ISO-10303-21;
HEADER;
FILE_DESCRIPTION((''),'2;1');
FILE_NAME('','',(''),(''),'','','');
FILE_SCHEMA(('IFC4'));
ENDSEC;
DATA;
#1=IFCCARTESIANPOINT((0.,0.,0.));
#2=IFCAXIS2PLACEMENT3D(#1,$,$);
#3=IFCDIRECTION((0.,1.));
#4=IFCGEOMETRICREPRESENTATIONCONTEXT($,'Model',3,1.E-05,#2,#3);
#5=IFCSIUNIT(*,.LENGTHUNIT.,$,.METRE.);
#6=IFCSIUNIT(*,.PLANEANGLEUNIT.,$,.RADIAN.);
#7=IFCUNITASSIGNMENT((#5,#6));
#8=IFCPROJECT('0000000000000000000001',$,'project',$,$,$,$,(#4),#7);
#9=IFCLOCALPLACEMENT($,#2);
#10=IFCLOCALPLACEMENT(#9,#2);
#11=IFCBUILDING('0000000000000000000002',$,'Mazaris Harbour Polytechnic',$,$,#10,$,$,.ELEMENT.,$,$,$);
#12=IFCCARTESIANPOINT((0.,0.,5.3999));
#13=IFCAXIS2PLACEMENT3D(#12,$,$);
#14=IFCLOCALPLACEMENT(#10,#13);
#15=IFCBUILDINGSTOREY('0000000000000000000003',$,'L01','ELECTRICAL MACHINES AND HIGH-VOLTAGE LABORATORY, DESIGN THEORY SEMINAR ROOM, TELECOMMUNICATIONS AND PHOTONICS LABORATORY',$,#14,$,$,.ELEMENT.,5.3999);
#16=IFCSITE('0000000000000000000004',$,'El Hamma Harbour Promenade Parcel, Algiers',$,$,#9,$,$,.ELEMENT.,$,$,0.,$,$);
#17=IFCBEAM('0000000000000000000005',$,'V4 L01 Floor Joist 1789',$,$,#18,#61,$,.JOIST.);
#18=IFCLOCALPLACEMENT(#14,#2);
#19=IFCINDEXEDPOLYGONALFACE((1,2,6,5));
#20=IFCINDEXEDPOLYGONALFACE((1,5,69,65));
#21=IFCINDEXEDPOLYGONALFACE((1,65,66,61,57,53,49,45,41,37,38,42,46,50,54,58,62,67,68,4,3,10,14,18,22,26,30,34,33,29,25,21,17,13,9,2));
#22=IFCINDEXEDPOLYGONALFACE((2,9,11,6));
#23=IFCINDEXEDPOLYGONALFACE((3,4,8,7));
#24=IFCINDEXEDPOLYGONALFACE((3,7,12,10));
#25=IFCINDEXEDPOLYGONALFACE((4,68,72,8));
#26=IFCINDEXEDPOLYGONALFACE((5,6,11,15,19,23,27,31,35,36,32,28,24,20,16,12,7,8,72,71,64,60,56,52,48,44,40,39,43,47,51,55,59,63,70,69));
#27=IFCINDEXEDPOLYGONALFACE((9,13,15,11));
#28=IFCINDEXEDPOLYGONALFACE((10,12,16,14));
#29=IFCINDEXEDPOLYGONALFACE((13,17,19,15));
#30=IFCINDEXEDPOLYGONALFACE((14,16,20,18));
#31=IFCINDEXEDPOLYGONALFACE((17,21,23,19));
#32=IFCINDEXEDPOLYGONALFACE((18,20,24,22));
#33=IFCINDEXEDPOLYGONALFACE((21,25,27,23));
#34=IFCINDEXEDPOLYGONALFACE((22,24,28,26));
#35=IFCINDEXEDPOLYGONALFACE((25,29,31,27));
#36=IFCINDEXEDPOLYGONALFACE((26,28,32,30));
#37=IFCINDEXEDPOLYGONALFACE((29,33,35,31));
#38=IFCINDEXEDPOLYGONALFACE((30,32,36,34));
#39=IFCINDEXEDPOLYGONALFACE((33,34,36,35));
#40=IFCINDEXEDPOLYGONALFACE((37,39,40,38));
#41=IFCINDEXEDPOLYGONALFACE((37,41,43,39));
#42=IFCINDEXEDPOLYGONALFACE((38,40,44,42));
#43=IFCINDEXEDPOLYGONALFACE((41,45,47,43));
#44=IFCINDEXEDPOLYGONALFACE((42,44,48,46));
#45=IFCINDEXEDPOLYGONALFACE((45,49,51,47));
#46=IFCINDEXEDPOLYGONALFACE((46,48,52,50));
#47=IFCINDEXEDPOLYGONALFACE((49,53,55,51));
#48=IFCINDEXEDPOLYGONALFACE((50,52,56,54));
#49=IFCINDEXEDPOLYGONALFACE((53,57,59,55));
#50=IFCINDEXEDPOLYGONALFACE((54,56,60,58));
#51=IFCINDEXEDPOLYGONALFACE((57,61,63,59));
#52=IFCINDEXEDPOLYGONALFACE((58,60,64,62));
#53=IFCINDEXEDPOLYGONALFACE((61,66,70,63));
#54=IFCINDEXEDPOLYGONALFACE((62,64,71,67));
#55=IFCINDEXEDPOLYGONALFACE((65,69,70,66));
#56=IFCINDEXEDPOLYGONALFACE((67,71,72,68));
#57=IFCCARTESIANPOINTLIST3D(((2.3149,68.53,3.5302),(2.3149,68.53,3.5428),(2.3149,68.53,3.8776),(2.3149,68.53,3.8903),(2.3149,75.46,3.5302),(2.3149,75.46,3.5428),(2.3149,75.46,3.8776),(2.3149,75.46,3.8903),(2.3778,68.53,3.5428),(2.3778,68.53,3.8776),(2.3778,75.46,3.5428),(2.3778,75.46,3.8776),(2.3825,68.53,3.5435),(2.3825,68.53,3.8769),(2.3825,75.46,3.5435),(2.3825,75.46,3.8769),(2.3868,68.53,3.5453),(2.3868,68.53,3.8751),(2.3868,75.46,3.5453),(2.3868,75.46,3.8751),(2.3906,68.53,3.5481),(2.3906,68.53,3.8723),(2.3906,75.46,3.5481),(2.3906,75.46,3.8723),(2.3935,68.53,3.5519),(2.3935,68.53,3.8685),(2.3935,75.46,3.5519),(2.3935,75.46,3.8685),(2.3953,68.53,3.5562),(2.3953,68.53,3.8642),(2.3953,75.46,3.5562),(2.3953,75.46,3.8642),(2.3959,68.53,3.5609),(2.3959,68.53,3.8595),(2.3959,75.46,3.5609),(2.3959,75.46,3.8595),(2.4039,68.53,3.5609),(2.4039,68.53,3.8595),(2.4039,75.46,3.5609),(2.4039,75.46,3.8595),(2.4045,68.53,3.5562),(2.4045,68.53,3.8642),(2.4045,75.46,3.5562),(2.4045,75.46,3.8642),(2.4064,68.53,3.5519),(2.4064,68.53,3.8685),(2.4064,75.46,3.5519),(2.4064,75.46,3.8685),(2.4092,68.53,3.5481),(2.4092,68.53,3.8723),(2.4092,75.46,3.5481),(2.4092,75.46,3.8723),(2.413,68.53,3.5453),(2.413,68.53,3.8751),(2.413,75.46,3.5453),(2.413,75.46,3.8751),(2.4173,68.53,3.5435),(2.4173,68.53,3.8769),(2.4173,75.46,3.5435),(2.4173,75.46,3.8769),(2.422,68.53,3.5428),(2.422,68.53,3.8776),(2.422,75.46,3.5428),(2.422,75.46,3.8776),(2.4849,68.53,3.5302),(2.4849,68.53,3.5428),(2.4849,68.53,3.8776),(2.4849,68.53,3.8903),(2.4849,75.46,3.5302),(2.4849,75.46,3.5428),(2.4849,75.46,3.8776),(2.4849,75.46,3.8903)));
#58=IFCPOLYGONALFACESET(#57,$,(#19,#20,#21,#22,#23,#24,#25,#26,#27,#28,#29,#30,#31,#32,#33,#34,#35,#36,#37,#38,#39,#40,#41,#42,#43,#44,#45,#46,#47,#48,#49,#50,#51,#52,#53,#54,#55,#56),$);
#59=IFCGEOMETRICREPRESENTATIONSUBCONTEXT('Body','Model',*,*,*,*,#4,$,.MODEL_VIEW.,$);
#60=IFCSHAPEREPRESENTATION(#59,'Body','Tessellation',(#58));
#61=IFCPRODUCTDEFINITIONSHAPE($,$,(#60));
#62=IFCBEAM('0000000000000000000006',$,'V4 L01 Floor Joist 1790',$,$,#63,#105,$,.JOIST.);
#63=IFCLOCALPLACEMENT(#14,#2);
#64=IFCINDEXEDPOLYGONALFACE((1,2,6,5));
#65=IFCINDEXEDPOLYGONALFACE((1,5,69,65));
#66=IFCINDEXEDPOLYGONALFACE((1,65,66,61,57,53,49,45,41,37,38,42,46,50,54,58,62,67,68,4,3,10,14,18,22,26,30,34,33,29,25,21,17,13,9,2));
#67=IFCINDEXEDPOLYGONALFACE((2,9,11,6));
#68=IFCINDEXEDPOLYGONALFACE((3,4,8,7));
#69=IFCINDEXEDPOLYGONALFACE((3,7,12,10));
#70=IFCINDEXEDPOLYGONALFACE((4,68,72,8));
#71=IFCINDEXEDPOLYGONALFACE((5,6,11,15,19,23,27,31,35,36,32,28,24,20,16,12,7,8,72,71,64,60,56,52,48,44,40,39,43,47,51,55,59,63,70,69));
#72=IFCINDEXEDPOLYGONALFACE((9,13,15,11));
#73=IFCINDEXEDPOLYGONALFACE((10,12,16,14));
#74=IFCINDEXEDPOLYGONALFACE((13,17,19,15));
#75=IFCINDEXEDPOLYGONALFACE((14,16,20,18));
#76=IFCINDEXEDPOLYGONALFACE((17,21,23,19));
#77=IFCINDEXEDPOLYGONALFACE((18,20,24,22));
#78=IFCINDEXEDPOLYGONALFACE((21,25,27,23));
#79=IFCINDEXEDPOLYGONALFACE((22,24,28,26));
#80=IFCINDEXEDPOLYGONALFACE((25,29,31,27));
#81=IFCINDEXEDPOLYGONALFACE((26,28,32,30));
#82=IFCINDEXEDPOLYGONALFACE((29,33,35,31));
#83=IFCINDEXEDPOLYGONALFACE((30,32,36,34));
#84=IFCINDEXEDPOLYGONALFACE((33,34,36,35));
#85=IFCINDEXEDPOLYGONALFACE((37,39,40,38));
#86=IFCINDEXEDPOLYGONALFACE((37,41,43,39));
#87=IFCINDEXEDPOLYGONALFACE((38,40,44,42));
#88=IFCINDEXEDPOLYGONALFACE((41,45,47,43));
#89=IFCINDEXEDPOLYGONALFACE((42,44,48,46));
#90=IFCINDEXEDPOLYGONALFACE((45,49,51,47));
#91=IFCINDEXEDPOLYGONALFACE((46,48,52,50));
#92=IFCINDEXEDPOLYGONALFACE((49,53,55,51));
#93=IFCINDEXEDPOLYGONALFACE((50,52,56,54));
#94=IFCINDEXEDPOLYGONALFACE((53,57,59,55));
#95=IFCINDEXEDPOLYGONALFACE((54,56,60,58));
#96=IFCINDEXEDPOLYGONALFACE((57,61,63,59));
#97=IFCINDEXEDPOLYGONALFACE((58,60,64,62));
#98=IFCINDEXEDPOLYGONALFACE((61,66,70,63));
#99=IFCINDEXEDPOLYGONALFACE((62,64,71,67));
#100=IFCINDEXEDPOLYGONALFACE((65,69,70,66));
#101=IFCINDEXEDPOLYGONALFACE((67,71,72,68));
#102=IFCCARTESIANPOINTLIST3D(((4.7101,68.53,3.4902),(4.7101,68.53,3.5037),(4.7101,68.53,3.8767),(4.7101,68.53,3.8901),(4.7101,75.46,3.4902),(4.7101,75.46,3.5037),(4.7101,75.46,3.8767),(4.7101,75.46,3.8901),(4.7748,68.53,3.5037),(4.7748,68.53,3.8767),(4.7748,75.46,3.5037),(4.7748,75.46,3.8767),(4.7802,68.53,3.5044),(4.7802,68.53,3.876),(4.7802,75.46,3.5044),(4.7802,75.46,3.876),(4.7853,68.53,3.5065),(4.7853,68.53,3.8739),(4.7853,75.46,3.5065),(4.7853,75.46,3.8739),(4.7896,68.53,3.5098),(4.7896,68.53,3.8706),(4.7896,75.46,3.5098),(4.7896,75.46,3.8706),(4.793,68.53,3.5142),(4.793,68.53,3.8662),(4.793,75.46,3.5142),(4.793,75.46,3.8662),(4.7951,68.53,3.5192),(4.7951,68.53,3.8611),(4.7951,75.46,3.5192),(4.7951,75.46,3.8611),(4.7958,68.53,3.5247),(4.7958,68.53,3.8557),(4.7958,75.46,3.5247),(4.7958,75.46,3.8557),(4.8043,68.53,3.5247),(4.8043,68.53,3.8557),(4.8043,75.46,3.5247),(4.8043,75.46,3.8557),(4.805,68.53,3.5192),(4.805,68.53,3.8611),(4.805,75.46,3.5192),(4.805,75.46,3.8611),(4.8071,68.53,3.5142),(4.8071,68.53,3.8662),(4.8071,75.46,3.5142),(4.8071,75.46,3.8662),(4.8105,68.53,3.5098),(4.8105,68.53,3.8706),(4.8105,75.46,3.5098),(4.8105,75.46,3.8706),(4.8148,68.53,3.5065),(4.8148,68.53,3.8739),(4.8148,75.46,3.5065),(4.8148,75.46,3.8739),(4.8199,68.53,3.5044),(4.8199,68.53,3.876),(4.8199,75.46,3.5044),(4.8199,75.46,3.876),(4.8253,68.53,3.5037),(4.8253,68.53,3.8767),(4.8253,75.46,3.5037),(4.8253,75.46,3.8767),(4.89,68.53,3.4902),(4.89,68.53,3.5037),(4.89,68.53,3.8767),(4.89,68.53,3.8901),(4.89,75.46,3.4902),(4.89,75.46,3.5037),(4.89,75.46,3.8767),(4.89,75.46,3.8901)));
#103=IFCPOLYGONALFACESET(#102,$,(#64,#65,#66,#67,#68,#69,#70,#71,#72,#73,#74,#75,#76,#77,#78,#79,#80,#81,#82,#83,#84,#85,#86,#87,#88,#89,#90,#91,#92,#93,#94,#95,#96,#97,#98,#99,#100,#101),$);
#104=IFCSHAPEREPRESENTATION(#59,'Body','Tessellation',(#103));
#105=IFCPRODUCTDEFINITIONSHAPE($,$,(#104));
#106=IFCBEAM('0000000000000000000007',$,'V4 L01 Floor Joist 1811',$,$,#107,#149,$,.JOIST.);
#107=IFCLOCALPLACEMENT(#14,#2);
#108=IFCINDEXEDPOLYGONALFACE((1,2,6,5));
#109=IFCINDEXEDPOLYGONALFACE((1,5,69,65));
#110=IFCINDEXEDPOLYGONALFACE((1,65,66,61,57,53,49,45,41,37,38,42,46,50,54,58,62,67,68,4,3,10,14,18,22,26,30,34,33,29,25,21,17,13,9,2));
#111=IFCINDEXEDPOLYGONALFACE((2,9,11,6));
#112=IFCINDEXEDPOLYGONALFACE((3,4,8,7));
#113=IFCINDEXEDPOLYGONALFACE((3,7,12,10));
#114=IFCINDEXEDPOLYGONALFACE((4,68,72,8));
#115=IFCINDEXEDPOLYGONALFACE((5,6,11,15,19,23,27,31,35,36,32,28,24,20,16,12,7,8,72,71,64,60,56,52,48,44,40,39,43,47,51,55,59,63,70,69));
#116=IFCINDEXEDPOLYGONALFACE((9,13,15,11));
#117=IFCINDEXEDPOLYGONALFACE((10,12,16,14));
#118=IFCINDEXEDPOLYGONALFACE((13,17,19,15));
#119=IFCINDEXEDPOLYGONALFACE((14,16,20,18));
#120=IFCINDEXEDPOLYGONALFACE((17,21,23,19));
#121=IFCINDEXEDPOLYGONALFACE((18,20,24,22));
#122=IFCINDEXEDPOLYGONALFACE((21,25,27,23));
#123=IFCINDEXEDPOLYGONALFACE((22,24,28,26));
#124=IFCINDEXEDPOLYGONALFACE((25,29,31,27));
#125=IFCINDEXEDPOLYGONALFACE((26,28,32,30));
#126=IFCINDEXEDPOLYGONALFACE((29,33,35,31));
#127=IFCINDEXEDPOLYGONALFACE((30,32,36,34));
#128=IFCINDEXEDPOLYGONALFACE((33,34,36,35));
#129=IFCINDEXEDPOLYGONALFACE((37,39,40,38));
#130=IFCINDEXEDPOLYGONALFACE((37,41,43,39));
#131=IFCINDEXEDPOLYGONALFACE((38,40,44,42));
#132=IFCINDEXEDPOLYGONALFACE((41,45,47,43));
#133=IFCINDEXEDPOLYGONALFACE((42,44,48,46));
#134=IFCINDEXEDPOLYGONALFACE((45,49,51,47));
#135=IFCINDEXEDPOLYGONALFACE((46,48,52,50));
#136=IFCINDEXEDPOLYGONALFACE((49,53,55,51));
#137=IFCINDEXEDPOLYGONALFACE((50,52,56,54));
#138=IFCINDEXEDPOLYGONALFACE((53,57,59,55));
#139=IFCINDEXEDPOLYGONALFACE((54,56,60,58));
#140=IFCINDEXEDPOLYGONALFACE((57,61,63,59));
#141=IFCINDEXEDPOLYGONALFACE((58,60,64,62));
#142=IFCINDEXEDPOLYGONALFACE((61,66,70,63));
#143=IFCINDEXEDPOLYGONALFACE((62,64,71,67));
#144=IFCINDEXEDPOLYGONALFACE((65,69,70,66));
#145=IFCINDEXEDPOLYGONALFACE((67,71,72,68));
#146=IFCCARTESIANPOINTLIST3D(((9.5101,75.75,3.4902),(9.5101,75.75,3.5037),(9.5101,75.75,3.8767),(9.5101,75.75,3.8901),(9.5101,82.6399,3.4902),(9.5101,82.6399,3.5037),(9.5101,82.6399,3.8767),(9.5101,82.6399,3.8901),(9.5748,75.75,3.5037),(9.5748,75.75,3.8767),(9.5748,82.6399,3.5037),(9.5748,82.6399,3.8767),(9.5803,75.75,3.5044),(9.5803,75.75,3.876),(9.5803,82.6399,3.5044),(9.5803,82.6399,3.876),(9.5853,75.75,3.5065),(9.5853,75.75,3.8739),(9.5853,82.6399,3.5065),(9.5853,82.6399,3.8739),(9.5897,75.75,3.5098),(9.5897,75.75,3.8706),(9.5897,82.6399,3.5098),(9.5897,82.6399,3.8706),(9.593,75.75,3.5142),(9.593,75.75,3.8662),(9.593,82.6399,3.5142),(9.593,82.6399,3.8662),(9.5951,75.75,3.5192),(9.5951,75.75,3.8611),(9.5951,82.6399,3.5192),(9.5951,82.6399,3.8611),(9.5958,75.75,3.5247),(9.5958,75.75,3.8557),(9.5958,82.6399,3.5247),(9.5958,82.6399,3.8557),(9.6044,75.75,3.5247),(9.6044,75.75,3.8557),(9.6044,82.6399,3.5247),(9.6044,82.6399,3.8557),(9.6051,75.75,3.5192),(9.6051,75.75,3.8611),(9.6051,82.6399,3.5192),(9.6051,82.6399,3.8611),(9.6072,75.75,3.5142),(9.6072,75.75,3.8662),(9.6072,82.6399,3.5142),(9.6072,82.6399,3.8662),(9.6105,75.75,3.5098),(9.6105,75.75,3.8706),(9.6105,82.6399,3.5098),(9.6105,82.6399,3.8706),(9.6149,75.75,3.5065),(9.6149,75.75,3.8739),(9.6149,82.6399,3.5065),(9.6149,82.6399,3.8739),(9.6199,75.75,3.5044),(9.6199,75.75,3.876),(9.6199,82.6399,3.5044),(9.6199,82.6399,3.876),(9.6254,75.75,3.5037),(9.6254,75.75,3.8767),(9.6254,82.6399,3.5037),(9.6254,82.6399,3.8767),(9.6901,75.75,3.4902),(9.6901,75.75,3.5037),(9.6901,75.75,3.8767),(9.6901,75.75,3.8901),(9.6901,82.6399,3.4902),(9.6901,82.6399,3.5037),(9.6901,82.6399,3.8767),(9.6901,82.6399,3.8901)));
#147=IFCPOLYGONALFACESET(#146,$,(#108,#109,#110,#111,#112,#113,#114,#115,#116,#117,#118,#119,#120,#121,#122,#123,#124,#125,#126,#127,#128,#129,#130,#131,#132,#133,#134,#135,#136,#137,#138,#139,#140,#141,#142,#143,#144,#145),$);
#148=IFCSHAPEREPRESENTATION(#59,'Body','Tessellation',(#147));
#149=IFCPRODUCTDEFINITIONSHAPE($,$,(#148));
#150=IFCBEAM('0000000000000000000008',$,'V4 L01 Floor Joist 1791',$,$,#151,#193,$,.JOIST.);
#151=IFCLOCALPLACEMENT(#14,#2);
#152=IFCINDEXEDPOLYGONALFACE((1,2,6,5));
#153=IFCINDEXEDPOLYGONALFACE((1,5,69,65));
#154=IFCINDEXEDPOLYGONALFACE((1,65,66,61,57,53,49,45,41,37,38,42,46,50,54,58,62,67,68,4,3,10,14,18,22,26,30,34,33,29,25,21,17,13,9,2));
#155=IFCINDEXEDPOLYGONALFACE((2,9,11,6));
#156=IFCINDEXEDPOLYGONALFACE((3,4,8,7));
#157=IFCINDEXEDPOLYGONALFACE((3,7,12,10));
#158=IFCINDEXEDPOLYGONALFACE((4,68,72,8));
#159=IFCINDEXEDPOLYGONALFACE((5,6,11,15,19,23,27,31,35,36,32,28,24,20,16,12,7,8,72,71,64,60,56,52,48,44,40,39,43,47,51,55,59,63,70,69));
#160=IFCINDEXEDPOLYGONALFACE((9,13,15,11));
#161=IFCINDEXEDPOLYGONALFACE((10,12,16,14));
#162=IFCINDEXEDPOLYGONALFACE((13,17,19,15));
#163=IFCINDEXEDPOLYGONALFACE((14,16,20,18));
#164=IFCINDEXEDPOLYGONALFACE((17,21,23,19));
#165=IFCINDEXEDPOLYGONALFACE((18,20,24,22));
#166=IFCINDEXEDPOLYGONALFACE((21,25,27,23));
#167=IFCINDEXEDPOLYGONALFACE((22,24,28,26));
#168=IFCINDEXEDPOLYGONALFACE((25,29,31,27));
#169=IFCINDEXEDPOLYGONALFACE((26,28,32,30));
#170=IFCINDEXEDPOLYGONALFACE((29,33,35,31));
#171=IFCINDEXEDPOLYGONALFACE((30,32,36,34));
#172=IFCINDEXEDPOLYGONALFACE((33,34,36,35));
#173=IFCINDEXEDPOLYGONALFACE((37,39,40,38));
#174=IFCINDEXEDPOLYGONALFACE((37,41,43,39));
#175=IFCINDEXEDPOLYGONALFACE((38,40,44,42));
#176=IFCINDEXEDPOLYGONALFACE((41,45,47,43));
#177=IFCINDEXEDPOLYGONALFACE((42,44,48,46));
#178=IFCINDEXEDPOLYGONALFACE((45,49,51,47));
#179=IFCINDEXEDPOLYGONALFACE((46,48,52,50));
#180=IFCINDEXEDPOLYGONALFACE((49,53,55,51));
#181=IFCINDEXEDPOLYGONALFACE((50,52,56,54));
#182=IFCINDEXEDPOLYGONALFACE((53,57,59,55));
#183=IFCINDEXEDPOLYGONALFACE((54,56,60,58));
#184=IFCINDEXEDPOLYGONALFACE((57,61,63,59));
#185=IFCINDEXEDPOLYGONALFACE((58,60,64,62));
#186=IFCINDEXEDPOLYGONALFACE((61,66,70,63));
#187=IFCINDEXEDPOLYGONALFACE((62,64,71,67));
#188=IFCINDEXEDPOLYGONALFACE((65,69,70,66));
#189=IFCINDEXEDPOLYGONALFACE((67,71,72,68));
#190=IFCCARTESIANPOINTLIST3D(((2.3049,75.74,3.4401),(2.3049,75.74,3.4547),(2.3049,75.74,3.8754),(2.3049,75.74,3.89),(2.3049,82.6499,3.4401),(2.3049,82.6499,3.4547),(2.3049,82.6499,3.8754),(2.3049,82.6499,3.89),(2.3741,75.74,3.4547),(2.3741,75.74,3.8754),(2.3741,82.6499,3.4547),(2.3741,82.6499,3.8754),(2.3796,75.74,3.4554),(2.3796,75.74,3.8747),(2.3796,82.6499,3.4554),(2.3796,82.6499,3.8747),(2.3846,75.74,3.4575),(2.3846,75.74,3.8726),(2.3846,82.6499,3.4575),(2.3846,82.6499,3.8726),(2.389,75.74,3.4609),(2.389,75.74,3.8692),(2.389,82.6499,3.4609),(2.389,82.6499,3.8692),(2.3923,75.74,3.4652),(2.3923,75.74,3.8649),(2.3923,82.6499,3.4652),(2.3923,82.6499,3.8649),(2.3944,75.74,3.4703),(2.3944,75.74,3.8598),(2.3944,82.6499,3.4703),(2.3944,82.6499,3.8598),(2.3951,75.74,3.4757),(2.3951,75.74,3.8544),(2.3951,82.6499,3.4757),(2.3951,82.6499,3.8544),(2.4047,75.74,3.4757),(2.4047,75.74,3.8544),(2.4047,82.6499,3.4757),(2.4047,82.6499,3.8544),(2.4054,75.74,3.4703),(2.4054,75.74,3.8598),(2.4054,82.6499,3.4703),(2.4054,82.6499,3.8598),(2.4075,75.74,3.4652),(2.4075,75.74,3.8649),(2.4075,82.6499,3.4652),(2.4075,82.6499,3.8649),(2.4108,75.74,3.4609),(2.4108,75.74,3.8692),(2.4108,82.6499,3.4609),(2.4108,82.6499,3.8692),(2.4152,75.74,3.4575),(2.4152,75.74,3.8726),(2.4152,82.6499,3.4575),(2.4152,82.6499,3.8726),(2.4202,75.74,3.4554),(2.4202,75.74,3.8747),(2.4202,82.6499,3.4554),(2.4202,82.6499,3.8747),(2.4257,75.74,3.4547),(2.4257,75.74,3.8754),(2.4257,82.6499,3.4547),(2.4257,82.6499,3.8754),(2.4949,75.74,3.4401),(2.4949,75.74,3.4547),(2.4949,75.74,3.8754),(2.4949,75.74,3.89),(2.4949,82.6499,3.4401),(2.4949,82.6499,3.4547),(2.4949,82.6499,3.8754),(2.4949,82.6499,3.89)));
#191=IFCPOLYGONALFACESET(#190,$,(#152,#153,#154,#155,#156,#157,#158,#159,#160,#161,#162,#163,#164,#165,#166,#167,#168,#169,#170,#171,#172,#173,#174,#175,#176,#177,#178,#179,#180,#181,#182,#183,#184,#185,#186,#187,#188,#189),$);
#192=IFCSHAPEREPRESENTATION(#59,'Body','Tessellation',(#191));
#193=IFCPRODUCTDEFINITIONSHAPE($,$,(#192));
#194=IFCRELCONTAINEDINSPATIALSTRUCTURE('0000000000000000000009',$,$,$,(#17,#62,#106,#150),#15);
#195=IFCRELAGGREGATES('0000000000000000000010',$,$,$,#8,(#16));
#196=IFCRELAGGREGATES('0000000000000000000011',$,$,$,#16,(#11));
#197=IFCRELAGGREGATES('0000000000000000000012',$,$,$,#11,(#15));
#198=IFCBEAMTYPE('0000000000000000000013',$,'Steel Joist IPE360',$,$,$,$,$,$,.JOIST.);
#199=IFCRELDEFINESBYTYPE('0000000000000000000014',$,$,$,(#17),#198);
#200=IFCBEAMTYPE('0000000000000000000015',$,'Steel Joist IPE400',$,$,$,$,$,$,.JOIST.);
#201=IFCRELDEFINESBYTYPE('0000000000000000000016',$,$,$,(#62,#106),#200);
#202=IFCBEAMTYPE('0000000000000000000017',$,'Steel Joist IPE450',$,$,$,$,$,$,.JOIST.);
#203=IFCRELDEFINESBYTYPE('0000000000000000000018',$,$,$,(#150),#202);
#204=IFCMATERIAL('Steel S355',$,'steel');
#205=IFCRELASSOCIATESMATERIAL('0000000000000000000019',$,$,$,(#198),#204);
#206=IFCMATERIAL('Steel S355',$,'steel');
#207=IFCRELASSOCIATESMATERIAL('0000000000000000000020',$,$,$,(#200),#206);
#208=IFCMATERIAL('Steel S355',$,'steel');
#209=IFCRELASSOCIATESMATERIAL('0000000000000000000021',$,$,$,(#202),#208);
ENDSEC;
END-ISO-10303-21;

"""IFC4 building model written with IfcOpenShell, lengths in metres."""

from ifc_helpers import new_model, si_unit, direction, frame, origin, origin_2d, place, context, subcontext, project, spatial, i_section, extrude, material, material_profile, profile_set, type_object, element, save


model = new_model("IFC4")

# Units and contexts
model_context = context("Model", 3, precision=1e-05, world=origin(), true_north=direction((0.0, 1.0)))
body_context = subcontext(model_context, "Body", "Model", "MODEL_VIEW")
ifc_project = project(units=[si_unit("LENGTHUNIT", "METRE"), si_unit("PLANEANGLEUNIT", "RADIAN")], contexts=[model_context])

# Site, building, storey
site_placement = place(None, origin())
site = spatial("IfcSite", under=ifc_project, at=site_placement, Name="El Hamma Harbour Promenade Parcel, Algiers", CompositionType="ELEMENT", RefElevation=0.0)
building_placement = place(site_placement, origin())
building = spatial("IfcBuilding", under=site, at=building_placement, Name="Mazaris Harbour Polytechnic", CompositionType="ELEMENT")
storey_placement = place(building_placement, frame((0.0, 0.0, 5.3999)))
storey = spatial("IfcBuildingStorey", under=building, at=storey_placement, Name="L01", Description="ELECTRICAL MACHINES AND HIGH-VOLTAGE LABORATORY, DESIGN THEORY SEMINAR ROOM, TELECOMMUNICATIONS AND PHOTONICS LABORATORY", CompositionType="ELEMENT", Elevation=5.3999)

# Beams
ifc_material_1 = material(Name="Steel S355", Category="steel")
ifc_material_profile_1 = material_profile(ifc_material_1, i_section(OverallWidth=0.1699, OverallDepth=0.3601, WebThickness=0.0081, FlangeThickness=0.0127, FilletRadius=0.0181, at=origin_2d()), Name="IPE 360")
ifc_profile_set_1 = profile_set([ifc_material_profile_1], Name="Steel S355")
beam_type_1 = type_object("IfcBeamType", Name="Steel Joist IPE360", PredefinedType="JOIST", material=ifc_profile_set_1)
beam_1_placement = place(storey_placement, frame((2.3999, 68.53, 3.7102), z_axis=(0.0, 1.0, 0.0), x_axis=(-1.0, 0.0, 0.0)))
element("IfcBeam", 1, at=beam_1_placement, inside=storey, type_object=beam_type_1, Name="V4 L01 Floor Joist 1789", PredefinedType="JOIST", context=body_context, shape_type="SweptSolid", body=[
    extrude(i_section(OverallWidth=0.1699, OverallDepth=0.3601, WebThickness=0.0081, FlangeThickness=0.0127, FilletRadius=0.0181, at=origin_2d()), origin(), (0.0, 0.0, 1.0), 6.9299),
])
ifc_material_2 = material(Name="Steel S355", Category="steel")
ifc_material_profile_2 = material_profile(ifc_material_2, i_section(OverallWidth=0.1799, OverallDepth=0.3999, WebThickness=0.0085, FlangeThickness=0.0134, FilletRadius=0.021, at=origin_2d()), Name="IPE 400")
ifc_profile_set_2 = profile_set([ifc_material_profile_2], Name="Steel S355")
beam_type_2 = type_object("IfcBeamType", Name="Steel Joist IPE400", PredefinedType="JOIST", material=ifc_profile_set_2)
beam_2_placement = place(storey_placement, frame((4.8, 68.53, 3.6902), z_axis=(0.0, 1.0, 0.0), x_axis=(-1.0, 0.0, 0.0)))
element("IfcBeam", 2, at=beam_2_placement, inside=storey, type_object=beam_type_2, Name="V4 L01 Floor Joist 1790", PredefinedType="JOIST", context=body_context, shape_type="SweptSolid", body=[
    extrude(i_section(OverallWidth=0.1799, OverallDepth=0.3999, WebThickness=0.0085, FlangeThickness=0.0134, FilletRadius=0.021, at=origin_2d()), origin(), (0.0, 0.0, 1.0), 6.9299),
])
beam_3_placement = place(storey_placement, frame((9.6001, 75.75, 3.6902), z_axis=(0.0, 1.0, 0.0), x_axis=(-1.0, 0.0, 0.0)))
element("IfcBeam", 3, at=beam_3_placement, inside=storey, type_object=beam_type_2, Name="V4 L01 Floor Joist 1811", PredefinedType="JOIST", context=body_context, shape_type="SweptSolid", body=[
    extrude(i_section(OverallWidth=0.1799, OverallDepth=0.3999, WebThickness=0.0085, FlangeThickness=0.0134, FilletRadius=0.021, at=origin_2d()), origin(), (0.0, 0.0, 1.0), 6.8899),
])
ifc_material_3 = material(Name="Steel S355", Category="steel")
ifc_material_profile_3 = material_profile(ifc_material_3, i_section(OverallWidth=0.1899, OverallDepth=0.45, WebThickness=0.0095, FlangeThickness=0.0146, FilletRadius=0.021, at=origin_2d()), Name="IPE 450")
ifc_profile_set_3 = profile_set([ifc_material_profile_3], Name="Steel S355")
beam_type_3 = type_object("IfcBeamType", Name="Steel Joist IPE450", PredefinedType="JOIST", material=ifc_profile_set_3)
beam_4_placement = place(storey_placement, frame((2.3999, 75.74, 3.665), z_axis=(0.0, 1.0, 0.0), x_axis=(-1.0, 0.0, 0.0)))
element("IfcBeam", 4, at=beam_4_placement, inside=storey, type_object=beam_type_3, Name="V4 L01 Floor Joist 1791", PredefinedType="JOIST", context=body_context, shape_type="SweptSolid", body=[
    extrude(i_section(OverallWidth=0.1899, OverallDepth=0.45, WebThickness=0.0095, FlangeThickness=0.0146, FilletRadius=0.021, at=origin_2d()), origin(), (0.0, 0.0, 1.0), 6.9099),
])

save(model, "model.ifc")
